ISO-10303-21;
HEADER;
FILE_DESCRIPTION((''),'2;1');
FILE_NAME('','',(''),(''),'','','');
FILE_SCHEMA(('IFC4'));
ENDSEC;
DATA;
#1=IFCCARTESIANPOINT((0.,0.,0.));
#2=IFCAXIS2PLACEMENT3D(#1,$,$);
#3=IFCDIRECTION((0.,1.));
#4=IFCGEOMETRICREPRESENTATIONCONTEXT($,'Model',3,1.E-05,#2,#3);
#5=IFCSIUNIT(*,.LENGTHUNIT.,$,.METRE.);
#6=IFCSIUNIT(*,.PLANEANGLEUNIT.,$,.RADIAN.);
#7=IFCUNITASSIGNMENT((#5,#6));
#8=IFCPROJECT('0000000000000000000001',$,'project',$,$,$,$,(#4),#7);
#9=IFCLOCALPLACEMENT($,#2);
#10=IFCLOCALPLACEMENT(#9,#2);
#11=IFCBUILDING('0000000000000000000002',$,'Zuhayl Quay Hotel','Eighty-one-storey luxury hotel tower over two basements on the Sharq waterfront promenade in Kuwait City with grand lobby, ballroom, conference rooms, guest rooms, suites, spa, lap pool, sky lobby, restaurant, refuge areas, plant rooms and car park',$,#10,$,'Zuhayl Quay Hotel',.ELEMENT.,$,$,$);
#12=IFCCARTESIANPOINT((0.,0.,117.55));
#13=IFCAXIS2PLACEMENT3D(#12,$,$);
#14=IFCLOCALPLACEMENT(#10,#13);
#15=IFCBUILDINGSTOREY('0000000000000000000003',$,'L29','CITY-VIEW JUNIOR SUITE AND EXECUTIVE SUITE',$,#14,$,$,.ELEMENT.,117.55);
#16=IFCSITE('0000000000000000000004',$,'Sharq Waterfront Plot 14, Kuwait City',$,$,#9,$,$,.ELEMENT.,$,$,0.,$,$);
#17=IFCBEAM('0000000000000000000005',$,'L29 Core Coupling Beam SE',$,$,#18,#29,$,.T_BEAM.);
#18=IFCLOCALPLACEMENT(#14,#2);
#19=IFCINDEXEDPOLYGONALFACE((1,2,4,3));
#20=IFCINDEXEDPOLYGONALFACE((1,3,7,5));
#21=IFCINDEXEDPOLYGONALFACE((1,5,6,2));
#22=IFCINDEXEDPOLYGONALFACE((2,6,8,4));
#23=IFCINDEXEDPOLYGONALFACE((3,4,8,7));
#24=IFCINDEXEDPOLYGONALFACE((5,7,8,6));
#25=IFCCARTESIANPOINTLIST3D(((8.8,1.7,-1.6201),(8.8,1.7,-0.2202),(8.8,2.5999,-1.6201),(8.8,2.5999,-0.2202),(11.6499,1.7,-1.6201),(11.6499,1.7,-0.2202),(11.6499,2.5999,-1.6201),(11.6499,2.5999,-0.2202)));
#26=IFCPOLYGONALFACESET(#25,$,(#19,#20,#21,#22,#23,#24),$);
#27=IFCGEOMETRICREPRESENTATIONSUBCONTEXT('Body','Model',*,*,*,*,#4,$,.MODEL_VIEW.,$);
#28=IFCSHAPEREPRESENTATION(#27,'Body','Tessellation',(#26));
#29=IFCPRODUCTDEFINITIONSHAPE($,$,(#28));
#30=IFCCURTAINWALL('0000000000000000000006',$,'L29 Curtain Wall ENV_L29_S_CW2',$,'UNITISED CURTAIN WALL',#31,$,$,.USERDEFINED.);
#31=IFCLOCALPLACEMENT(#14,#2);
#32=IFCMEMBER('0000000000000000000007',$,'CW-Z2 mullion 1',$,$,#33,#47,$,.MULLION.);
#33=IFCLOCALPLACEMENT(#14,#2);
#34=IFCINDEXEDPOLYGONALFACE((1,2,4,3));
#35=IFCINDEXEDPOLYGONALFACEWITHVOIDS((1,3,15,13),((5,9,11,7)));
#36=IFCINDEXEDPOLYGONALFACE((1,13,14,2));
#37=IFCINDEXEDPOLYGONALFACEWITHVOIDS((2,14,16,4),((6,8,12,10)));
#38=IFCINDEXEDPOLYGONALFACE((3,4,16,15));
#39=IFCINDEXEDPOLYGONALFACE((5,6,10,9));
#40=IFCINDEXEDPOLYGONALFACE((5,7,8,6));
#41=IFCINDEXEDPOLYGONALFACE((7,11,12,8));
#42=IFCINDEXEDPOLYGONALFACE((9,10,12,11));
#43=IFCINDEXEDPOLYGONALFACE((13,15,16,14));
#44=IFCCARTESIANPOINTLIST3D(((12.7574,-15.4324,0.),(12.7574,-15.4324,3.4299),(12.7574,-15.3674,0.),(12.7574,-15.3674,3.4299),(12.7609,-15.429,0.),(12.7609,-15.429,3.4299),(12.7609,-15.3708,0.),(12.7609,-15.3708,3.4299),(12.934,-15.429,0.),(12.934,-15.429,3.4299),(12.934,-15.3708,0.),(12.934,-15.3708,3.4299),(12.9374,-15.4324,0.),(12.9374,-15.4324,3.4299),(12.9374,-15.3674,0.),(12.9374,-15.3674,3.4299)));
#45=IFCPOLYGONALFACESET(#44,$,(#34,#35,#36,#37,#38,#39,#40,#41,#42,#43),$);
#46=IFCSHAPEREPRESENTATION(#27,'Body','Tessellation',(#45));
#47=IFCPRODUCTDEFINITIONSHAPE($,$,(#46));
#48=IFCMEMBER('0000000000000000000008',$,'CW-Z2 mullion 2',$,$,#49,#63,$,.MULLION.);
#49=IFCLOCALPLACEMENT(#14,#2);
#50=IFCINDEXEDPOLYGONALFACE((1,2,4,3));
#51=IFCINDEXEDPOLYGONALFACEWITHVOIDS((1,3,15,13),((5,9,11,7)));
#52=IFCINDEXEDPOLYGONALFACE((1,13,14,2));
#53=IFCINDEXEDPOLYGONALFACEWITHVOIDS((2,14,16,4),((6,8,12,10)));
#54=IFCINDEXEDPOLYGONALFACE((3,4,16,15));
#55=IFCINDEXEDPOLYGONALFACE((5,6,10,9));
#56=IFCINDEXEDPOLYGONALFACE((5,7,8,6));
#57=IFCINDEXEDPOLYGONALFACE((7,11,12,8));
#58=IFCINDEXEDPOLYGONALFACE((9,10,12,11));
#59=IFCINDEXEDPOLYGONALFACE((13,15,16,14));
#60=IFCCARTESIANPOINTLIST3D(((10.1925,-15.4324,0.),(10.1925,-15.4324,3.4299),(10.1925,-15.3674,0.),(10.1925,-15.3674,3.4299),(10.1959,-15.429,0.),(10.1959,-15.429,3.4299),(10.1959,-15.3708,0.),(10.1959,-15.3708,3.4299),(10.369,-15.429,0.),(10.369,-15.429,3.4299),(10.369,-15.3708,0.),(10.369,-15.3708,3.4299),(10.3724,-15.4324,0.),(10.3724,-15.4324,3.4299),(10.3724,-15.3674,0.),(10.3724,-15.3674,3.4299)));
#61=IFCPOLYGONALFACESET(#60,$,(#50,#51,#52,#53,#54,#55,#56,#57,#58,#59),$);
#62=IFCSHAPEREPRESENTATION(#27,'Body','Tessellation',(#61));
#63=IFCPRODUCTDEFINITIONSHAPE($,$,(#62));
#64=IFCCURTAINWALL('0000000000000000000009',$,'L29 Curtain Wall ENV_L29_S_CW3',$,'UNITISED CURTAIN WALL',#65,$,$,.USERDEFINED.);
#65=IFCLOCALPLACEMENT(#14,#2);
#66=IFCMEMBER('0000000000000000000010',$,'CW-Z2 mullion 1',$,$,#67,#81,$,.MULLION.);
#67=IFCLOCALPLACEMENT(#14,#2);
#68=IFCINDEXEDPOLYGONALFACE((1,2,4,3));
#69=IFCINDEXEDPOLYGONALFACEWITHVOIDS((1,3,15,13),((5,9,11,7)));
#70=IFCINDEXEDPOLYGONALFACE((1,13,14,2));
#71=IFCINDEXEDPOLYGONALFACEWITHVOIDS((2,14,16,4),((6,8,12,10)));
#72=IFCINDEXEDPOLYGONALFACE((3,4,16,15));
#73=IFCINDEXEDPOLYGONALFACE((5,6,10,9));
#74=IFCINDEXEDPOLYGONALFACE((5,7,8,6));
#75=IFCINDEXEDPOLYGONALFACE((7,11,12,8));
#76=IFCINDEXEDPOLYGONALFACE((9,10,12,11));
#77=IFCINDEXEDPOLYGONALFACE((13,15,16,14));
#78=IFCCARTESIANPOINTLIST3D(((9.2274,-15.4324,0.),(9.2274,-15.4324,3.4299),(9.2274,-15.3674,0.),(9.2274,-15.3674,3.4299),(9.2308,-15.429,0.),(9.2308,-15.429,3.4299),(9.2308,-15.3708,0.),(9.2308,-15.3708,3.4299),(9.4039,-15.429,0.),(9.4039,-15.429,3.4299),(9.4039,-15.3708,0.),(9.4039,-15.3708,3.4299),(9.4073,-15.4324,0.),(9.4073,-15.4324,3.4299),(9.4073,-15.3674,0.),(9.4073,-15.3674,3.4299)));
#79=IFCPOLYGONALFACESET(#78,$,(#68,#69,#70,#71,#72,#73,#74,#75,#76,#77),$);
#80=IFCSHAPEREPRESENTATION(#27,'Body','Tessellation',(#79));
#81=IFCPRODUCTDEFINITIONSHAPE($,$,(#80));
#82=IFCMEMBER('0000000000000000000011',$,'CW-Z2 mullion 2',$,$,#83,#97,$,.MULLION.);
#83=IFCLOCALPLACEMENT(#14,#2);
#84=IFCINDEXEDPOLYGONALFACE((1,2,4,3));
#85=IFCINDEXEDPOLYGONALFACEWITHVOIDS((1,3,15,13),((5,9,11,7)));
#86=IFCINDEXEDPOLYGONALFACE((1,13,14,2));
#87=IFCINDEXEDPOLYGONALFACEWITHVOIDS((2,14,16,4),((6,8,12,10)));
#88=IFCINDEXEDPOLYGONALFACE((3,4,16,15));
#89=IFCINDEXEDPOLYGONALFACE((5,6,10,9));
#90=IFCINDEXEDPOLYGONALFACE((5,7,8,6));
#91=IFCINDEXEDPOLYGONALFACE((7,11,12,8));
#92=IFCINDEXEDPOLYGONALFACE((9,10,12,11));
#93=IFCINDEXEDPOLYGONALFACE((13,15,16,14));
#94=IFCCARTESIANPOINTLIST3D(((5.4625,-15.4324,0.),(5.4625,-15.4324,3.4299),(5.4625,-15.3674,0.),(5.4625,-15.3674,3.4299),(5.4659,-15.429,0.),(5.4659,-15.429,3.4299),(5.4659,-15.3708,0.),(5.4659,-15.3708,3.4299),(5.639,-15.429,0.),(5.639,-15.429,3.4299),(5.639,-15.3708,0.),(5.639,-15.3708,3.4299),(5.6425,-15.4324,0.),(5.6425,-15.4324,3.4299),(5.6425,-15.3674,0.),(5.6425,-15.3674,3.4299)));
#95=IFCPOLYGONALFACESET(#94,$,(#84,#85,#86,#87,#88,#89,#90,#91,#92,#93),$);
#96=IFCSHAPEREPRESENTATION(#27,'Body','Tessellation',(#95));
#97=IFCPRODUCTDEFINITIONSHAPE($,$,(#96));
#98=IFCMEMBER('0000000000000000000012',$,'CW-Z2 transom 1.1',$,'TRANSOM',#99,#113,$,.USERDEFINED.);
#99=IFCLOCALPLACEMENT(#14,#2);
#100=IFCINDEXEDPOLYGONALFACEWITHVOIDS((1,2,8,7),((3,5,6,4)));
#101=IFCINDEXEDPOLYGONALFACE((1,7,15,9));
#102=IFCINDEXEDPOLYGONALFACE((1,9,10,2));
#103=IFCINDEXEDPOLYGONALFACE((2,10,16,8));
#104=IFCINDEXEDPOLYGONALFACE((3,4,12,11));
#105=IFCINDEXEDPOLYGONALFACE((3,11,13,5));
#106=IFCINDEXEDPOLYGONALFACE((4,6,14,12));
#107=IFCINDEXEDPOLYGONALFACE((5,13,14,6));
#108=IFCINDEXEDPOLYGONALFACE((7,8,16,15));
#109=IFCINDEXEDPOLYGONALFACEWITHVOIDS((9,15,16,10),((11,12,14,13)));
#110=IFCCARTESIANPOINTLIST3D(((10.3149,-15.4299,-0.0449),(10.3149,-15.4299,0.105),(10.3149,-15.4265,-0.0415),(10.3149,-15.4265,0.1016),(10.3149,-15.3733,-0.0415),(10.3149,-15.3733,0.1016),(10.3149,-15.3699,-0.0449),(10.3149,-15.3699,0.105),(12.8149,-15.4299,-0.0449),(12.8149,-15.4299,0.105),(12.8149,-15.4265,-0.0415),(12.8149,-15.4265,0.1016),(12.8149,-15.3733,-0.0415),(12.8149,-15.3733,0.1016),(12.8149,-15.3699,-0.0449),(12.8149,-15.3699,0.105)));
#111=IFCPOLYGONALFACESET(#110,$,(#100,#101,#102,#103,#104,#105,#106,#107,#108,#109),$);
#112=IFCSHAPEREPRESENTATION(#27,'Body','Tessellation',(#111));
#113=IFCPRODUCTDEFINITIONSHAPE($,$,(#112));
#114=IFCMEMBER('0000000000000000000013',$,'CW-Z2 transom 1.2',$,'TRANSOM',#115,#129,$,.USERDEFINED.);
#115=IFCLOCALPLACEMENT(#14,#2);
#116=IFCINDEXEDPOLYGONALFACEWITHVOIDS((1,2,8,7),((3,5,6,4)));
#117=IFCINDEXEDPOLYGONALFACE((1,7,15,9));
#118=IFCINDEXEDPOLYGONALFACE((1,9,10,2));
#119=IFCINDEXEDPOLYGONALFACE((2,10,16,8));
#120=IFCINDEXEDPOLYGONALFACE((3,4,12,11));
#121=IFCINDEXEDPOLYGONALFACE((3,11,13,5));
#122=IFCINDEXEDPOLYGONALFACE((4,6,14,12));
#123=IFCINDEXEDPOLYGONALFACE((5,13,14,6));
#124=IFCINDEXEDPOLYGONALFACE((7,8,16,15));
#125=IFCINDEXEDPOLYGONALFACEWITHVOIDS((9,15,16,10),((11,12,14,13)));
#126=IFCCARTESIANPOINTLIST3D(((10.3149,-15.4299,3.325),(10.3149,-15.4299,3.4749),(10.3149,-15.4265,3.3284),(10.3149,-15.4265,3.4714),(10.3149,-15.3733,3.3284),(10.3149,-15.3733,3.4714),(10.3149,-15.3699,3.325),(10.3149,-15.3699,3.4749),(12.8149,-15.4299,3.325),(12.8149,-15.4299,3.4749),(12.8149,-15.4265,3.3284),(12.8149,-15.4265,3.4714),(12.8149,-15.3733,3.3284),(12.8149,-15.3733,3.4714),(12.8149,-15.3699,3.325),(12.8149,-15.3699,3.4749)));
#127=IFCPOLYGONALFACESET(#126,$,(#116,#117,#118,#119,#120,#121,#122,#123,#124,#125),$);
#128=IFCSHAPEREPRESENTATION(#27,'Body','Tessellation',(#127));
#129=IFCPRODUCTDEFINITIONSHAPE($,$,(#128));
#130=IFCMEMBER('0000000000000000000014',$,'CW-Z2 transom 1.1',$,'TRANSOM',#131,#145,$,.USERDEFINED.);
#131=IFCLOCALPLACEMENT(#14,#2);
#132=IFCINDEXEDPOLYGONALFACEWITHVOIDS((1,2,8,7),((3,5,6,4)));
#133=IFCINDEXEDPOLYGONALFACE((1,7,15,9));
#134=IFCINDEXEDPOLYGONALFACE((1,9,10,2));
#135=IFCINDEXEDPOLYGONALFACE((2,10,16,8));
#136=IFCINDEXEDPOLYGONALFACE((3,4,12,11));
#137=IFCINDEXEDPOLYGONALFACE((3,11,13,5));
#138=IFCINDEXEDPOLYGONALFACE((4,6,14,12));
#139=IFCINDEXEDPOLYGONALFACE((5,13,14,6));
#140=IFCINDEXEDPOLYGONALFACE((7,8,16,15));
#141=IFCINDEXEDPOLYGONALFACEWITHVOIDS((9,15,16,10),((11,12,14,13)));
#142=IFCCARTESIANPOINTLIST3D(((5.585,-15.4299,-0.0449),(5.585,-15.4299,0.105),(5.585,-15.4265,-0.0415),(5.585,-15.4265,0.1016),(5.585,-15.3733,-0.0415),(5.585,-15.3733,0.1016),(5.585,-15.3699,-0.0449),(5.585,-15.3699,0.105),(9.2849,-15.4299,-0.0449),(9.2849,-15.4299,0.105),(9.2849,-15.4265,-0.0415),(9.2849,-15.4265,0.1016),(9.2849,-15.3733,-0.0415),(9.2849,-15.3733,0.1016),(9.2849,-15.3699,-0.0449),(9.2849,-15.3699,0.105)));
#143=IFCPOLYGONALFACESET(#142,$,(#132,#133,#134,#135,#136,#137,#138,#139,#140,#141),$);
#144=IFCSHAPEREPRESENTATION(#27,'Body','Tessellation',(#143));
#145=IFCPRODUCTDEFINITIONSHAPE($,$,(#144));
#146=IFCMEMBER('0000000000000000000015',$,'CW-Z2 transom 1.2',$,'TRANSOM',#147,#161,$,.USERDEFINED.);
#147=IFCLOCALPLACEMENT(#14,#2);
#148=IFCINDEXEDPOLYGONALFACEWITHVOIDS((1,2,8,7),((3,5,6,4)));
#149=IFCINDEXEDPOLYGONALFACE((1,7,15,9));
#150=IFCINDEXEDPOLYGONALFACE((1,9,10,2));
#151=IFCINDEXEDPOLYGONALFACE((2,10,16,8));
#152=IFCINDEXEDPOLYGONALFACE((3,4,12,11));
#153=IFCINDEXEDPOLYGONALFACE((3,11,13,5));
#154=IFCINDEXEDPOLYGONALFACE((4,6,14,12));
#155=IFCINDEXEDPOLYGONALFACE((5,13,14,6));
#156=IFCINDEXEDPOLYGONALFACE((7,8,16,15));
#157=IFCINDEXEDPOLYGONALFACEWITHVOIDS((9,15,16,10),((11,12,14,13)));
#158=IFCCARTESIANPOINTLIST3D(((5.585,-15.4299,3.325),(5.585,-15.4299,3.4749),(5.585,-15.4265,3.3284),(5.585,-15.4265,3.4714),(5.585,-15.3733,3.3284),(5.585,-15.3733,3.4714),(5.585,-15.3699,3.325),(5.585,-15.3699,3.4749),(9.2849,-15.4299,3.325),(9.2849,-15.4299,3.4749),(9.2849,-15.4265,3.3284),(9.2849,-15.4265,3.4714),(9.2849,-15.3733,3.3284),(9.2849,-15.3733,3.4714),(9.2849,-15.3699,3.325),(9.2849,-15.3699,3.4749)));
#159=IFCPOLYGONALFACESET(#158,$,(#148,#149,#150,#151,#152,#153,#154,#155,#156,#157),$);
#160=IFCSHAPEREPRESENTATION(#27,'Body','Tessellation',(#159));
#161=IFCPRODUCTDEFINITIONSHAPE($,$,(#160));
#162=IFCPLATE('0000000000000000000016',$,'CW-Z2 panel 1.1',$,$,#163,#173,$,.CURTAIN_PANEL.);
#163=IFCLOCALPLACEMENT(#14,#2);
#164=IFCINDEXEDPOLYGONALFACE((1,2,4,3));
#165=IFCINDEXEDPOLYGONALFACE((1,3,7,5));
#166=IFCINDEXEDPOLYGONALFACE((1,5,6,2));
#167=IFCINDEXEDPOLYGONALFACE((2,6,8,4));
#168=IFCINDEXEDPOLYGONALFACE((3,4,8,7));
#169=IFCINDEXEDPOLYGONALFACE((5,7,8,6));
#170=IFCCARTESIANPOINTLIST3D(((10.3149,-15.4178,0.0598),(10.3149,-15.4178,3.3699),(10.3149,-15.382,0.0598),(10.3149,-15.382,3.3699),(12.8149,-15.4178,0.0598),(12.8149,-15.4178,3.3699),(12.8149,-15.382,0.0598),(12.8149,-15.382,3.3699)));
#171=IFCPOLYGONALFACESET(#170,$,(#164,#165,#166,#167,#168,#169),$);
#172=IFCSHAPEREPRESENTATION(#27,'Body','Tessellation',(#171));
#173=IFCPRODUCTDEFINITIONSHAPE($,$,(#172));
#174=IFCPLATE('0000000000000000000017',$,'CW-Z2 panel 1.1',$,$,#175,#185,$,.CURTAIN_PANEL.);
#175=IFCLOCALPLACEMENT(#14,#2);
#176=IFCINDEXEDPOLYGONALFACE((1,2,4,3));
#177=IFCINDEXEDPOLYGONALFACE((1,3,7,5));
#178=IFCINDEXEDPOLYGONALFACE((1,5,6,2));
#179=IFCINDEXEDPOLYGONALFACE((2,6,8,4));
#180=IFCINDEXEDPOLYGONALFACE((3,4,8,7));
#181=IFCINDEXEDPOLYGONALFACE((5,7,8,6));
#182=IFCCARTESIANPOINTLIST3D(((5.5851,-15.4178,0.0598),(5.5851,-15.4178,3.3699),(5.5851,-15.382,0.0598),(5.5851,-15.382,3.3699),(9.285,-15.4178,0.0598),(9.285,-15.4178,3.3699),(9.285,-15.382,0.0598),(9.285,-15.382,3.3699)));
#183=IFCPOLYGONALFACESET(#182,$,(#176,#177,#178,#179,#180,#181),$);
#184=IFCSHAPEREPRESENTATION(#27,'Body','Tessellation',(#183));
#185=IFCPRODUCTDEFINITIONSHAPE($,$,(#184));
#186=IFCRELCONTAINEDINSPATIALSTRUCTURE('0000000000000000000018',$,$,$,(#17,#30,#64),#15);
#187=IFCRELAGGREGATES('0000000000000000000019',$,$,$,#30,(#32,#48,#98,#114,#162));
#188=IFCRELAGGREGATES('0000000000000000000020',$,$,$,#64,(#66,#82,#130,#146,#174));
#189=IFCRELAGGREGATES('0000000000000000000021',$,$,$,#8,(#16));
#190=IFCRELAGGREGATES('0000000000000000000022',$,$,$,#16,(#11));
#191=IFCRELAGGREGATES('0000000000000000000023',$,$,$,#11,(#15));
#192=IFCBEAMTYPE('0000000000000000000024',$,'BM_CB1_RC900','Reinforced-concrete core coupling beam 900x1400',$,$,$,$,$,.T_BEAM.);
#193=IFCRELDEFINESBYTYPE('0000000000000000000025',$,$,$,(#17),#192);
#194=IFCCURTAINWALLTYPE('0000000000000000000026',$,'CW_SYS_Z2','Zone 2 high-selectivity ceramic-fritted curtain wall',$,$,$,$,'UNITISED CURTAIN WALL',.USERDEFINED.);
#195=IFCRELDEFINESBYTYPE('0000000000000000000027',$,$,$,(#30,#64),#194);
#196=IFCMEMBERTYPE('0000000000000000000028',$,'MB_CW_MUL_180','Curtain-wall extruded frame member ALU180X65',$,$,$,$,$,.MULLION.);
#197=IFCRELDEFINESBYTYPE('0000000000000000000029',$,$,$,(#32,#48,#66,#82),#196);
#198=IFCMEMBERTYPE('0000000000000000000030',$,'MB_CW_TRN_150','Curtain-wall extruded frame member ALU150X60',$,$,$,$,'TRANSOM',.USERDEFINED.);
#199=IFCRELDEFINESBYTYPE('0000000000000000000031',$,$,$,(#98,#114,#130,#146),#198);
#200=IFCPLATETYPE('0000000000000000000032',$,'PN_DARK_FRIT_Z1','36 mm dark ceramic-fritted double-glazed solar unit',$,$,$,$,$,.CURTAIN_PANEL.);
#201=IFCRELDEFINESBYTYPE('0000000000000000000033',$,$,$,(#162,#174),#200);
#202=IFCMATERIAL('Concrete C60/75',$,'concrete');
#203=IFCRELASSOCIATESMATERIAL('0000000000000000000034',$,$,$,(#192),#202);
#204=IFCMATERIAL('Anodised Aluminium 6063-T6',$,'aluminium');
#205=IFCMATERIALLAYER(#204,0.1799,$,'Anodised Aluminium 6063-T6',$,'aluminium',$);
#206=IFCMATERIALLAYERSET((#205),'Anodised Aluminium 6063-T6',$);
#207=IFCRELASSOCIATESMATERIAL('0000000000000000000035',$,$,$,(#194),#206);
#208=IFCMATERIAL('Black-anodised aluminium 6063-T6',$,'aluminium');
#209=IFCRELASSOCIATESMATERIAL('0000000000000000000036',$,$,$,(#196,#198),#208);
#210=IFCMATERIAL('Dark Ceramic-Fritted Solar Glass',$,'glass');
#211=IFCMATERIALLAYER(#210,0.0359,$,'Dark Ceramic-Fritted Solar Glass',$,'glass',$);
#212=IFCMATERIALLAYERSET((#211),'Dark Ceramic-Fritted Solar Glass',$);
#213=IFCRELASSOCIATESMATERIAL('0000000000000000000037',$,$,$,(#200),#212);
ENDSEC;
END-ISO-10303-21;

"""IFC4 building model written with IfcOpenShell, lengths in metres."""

from ifc_helpers import new_model, si_unit, direction, frame, origin, origin_2d, place, context, subcontext, project, spatial, rectangle, hollow_rectangle, extrude, material, layer, layer_set, material_profile, profile_set, type_object, element, aggregate, save


model = new_model("IFC4")

# Units and contexts
model_context = context("Model", 3, precision=1e-05, world=origin(), true_north=direction((0.0, 1.0)))
body_context = subcontext(model_context, "Body", "Model", "MODEL_VIEW")
ifc_project = project(units=[si_unit("LENGTHUNIT", "METRE"), si_unit("PLANEANGLEUNIT", "RADIAN")], contexts=[model_context])

# Site, building, storey
site_placement = place(None, origin())
site = spatial("IfcSite", under=ifc_project, at=site_placement, Name="Sharq Waterfront Plot 14, Kuwait City", CompositionType="ELEMENT", RefElevation=0.0)
building_placement = place(site_placement, origin())
building = spatial("IfcBuilding", under=site, at=building_placement, Name="Zuhayl Quay Hotel", Description="Eighty-one-storey luxury hotel tower over two basements on the Sharq waterfront promenade in Kuwait City with grand lobby, ballroom, conference rooms, guest rooms, suites, spa, lap pool, sky lobby, restaurant, refuge areas, plant rooms and car park", LongName="Zuhayl Quay Hotel", CompositionType="ELEMENT")
storey_placement = place(building_placement, frame((0.0, 0.0, 117.55)))
storey = spatial("IfcBuildingStorey", under=building, at=storey_placement, Name="L29", Description="CITY-VIEW JUNIOR SUITE AND EXECUTIVE SUITE", CompositionType="ELEMENT", Elevation=117.55)

# Beam
ifc_material_1 = material(Name="Concrete C60/75", Category="concrete")
ifc_material_profile_1 = material_profile(ifc_material_1, rectangle(XDim=0.8999, YDim=1.3999, at=origin_2d()), Name="RC900X1400")
ifc_profile_set_1 = profile_set([ifc_material_profile_1], Name="Concrete C60/75")
beam_type = type_object("IfcBeamType", Name="BM_CB1_RC900", Description="Reinforced-concrete core coupling beam 900x1400", PredefinedType="T_BEAM", material=ifc_profile_set_1)
beam_placement = place(storey_placement, frame((8.8, 2.1499, -0.9202), z_axis=(1.0, 0.0, 0.0), x_axis=(0.0, 1.0, 0.0)))
element("IfcBeam", 1, at=beam_placement, inside=storey, type_object=beam_type, Name="L29 Core Coupling Beam SE", PredefinedType="T_BEAM", context=body_context, shape_type="SweptSolid", body=[
    extrude(rectangle(XDim=0.8999, YDim=1.3999, at=origin_2d()), origin(), (0.0, 0.0, 1.0), 2.8499),
])

# Curtain walls, members
ifc_material_2 = material(Name="Anodised Aluminium 6063-T6", Category="aluminium")
ifc_layer_1 = layer(ifc_material_2, 0.1799, Name="Anodised Aluminium 6063-T6", Category="aluminium")
ifc_layer_set_1 = layer_set([ifc_layer_1], Name="Anodised Aluminium 6063-T6")
curtain_wall_type = type_object("IfcCurtainWallType", Name="CW_SYS_Z2", Description="Zone 2 high-selectivity ceramic-fritted curtain wall", ElementType="UNITISED CURTAIN WALL", PredefinedType="USERDEFINED", material=ifc_layer_set_1)
curtain_wall_1_placement = place(storey_placement, origin())
curtain_wall_1 = element("IfcCurtainWall", 2, at=curtain_wall_1_placement, inside=storey, type_object=curtain_wall_type, Name="L29 Curtain Wall ENV_L29_S_CW2", ObjectType="UNITISED CURTAIN WALL", PredefinedType="USERDEFINED")
ifc_material_3 = material(Name="Black-anodised aluminium 6063-T6", Category="aluminium")
ifc_material_profile_2 = material_profile(ifc_material_3, hollow_rectangle(XDim=0.0649, YDim=0.1799, WallThickness=0.0034, at=origin_2d()), Name="ALU180X65")
ifc_profile_set_2 = profile_set([ifc_material_profile_2], Name="Black-anodised aluminium 6063-T6")
member_type_1 = type_object("IfcMemberType", Name="MB_CW_MUL_180", Description="Curtain-wall extruded frame member ALU180X65", PredefinedType="MULLION", material=ifc_profile_set_2)
member_1_placement = place(storey_placement, frame((12.8474, -15.3999, 0.0), z_axis=(0.0, 0.0, 1.0), x_axis=(0.0, -1.0, 0.0)))
member_1 = element("IfcMember", 3, at=member_1_placement, type_object=member_type_1, Name="CW-Z2 mullion 1", PredefinedType="MULLION", context=body_context, shape_type="SweptSolid", body=[
    extrude(hollow_rectangle(XDim=0.0649, YDim=0.1799, WallThickness=0.0034, at=origin_2d()), origin(), (0.0, 0.0, 1.0), 3.4299),
])
member_2_placement = place(storey_placement, frame((10.2825, -15.3999, 0.0), z_axis=(0.0, 0.0, 1.0), x_axis=(0.0, -1.0, 0.0)))
member_2 = element("IfcMember", 4, at=member_2_placement, type_object=member_type_1, Name="CW-Z2 mullion 2", PredefinedType="MULLION", context=body_context, shape_type="SweptSolid", body=[
    extrude(hollow_rectangle(XDim=0.0649, YDim=0.1799, WallThickness=0.0034, at=origin_2d()), origin(), (0.0, 0.0, 1.0), 3.4299),
])
curtain_wall_2_placement = place(storey_placement, origin())
curtain_wall_2 = element("IfcCurtainWall", 5, at=curtain_wall_2_placement, inside=storey, type_object=curtain_wall_type, Name="L29 Curtain Wall ENV_L29_S_CW3", ObjectType="UNITISED CURTAIN WALL", PredefinedType="USERDEFINED")
member_3_placement = place(storey_placement, frame((9.3174, -15.3999, 0.0), z_axis=(0.0, 0.0, 1.0), x_axis=(0.0, -1.0, 0.0)))
member_3 = element("IfcMember", 6, at=member_3_placement, type_object=member_type_1, Name="CW-Z2 mullion 1", PredefinedType="MULLION", context=body_context, shape_type="SweptSolid", body=[
    extrude(hollow_rectangle(XDim=0.0649, YDim=0.1799, WallThickness=0.0034, at=origin_2d()), origin(), (0.0, 0.0, 1.0), 3.4299),
])
member_4_placement = place(storey_placement, frame((5.5525, -15.3999, 0.0), z_axis=(0.0, 0.0, 1.0), x_axis=(0.0, -1.0, 0.0)))
member_4 = element("IfcMember", 7, at=member_4_placement, type_object=member_type_1, Name="CW-Z2 mullion 2", PredefinedType="MULLION", context=body_context, shape_type="SweptSolid", body=[
    extrude(hollow_rectangle(XDim=0.0649, YDim=0.1799, WallThickness=0.0034, at=origin_2d()), origin(), (0.0, 0.0, 1.0), 3.4299),
])

# Members
ifc_material_profile_3 = material_profile(ifc_material_3, hollow_rectangle(XDim=0.0601, YDim=0.1499, WallThickness=0.0034, at=origin_2d()), Name="ALU150X60")
ifc_profile_set_3 = profile_set([ifc_material_profile_3], Name="Black-anodised aluminium 6063-T6")
member_type_2 = type_object("IfcMemberType", Name="MB_CW_TRN_150", Description="Curtain-wall extruded frame member ALU150X60", ElementType="TRANSOM", PredefinedType="USERDEFINED", material=ifc_profile_set_3)
member_5_placement = place(storey_placement, frame((12.8149, -15.3999, 0.03), z_axis=(-1.0, 0.0, 0.0), x_axis=(0.0, -1.0, 0.0)))
member_5 = element("IfcMember", 8, at=member_5_placement, type_object=member_type_2, Name="CW-Z2 transom 1.1", ObjectType="TRANSOM", PredefinedType="USERDEFINED", context=body_context, shape_type="SweptSolid", body=[
    extrude(hollow_rectangle(XDim=0.0601, YDim=0.1499, WallThickness=0.0034, at=origin_2d()), origin(), (0.0, 0.0, 1.0), 2.5),
])
member_6_placement = place(storey_placement, frame((12.8149, -15.3999, 3.3999), z_axis=(-1.0, 0.0, 0.0), x_axis=(0.0, -1.0, 0.0)))
member_6 = element("IfcMember", 9, at=member_6_placement, type_object=member_type_2, Name="CW-Z2 transom 1.2", ObjectType="TRANSOM", PredefinedType="USERDEFINED", context=body_context, shape_type="SweptSolid", body=[
    extrude(hollow_rectangle(XDim=0.0601, YDim=0.1499, WallThickness=0.0034, at=origin_2d()), origin(), (0.0, 0.0, 1.0), 2.5),
])
member_7_placement = place(storey_placement, frame((9.2849, -15.3999, 0.03), z_axis=(-1.0, 0.0, 0.0), x_axis=(0.0, -1.0, 0.0)))
member_7 = element("IfcMember", 10, at=member_7_placement, type_object=member_type_2, Name="CW-Z2 transom 1.1", ObjectType="TRANSOM", PredefinedType="USERDEFINED", context=body_context, shape_type="SweptSolid", body=[
    extrude(hollow_rectangle(XDim=0.0601, YDim=0.1499, WallThickness=0.0034, at=origin_2d()), origin(), (0.0, 0.0, 1.0), 3.7),
])
member_8_placement = place(storey_placement, frame((9.2849, -15.3999, 3.3999), z_axis=(-1.0, 0.0, 0.0), x_axis=(0.0, -1.0, 0.0)))
member_8 = element("IfcMember", 11, at=member_8_placement, type_object=member_type_2, Name="CW-Z2 transom 1.2", ObjectType="TRANSOM", PredefinedType="USERDEFINED", context=body_context, shape_type="SweptSolid", body=[
    extrude(hollow_rectangle(XDim=0.0601, YDim=0.1499, WallThickness=0.0034, at=origin_2d()), origin(), (0.0, 0.0, 1.0), 3.7),
])

# Plates
ifc_material_4 = material(Name="Dark Ceramic-Fritted Solar Glass", Category="glass")
ifc_layer_2 = layer(ifc_material_4, 0.0359, Name="Dark Ceramic-Fritted Solar Glass", Category="glass")
ifc_layer_set_2 = layer_set([ifc_layer_2], Name="Dark Ceramic-Fritted Solar Glass")
plate_type = type_object("IfcPlateType", Name="PN_DARK_FRIT_Z1", Description="36 mm dark ceramic-fritted double-glazed solar unit", PredefinedType="CURTAIN_PANEL", material=ifc_layer_set_2)
plate_1_placement = place(storey_placement, frame((11.5649, -15.3999, 0.0598), z_axis=(0.0, 0.0, 1.0), x_axis=(-1.0, 0.0, 0.0)))
plate_1 = element("IfcPlate", 12, at=plate_1_placement, type_object=plate_type, Name="CW-Z2 panel 1.1", PredefinedType="CURTAIN_PANEL", context=body_context, shape_type="SweptSolid", body=[
    extrude(rectangle(XDim=2.5, YDim=0.0359, at=origin_2d()), origin(), (0.0, 0.0, 1.0), 3.3101),
])
aggregate(curtain_wall_1, [member_1, member_2, member_5, member_6, plate_1])
plate_2_placement = place(storey_placement, frame((7.4351, -15.3999, 0.0598), z_axis=(0.0, 0.0, 1.0), x_axis=(-1.0, 0.0, 0.0)))
plate_2 = element("IfcPlate", 13, at=plate_2_placement, type_object=plate_type, Name="CW-Z2 panel 1.1", PredefinedType="CURTAIN_PANEL", context=body_context, shape_type="SweptSolid", body=[
    extrude(rectangle(XDim=3.7, YDim=0.0359, at=origin_2d()), origin(), (0.0, 0.0, 1.0), 3.3101),
])
aggregate(curtain_wall_2, [member_3, member_4, member_7, member_8, plate_2])

save(model, "model.ifc")
